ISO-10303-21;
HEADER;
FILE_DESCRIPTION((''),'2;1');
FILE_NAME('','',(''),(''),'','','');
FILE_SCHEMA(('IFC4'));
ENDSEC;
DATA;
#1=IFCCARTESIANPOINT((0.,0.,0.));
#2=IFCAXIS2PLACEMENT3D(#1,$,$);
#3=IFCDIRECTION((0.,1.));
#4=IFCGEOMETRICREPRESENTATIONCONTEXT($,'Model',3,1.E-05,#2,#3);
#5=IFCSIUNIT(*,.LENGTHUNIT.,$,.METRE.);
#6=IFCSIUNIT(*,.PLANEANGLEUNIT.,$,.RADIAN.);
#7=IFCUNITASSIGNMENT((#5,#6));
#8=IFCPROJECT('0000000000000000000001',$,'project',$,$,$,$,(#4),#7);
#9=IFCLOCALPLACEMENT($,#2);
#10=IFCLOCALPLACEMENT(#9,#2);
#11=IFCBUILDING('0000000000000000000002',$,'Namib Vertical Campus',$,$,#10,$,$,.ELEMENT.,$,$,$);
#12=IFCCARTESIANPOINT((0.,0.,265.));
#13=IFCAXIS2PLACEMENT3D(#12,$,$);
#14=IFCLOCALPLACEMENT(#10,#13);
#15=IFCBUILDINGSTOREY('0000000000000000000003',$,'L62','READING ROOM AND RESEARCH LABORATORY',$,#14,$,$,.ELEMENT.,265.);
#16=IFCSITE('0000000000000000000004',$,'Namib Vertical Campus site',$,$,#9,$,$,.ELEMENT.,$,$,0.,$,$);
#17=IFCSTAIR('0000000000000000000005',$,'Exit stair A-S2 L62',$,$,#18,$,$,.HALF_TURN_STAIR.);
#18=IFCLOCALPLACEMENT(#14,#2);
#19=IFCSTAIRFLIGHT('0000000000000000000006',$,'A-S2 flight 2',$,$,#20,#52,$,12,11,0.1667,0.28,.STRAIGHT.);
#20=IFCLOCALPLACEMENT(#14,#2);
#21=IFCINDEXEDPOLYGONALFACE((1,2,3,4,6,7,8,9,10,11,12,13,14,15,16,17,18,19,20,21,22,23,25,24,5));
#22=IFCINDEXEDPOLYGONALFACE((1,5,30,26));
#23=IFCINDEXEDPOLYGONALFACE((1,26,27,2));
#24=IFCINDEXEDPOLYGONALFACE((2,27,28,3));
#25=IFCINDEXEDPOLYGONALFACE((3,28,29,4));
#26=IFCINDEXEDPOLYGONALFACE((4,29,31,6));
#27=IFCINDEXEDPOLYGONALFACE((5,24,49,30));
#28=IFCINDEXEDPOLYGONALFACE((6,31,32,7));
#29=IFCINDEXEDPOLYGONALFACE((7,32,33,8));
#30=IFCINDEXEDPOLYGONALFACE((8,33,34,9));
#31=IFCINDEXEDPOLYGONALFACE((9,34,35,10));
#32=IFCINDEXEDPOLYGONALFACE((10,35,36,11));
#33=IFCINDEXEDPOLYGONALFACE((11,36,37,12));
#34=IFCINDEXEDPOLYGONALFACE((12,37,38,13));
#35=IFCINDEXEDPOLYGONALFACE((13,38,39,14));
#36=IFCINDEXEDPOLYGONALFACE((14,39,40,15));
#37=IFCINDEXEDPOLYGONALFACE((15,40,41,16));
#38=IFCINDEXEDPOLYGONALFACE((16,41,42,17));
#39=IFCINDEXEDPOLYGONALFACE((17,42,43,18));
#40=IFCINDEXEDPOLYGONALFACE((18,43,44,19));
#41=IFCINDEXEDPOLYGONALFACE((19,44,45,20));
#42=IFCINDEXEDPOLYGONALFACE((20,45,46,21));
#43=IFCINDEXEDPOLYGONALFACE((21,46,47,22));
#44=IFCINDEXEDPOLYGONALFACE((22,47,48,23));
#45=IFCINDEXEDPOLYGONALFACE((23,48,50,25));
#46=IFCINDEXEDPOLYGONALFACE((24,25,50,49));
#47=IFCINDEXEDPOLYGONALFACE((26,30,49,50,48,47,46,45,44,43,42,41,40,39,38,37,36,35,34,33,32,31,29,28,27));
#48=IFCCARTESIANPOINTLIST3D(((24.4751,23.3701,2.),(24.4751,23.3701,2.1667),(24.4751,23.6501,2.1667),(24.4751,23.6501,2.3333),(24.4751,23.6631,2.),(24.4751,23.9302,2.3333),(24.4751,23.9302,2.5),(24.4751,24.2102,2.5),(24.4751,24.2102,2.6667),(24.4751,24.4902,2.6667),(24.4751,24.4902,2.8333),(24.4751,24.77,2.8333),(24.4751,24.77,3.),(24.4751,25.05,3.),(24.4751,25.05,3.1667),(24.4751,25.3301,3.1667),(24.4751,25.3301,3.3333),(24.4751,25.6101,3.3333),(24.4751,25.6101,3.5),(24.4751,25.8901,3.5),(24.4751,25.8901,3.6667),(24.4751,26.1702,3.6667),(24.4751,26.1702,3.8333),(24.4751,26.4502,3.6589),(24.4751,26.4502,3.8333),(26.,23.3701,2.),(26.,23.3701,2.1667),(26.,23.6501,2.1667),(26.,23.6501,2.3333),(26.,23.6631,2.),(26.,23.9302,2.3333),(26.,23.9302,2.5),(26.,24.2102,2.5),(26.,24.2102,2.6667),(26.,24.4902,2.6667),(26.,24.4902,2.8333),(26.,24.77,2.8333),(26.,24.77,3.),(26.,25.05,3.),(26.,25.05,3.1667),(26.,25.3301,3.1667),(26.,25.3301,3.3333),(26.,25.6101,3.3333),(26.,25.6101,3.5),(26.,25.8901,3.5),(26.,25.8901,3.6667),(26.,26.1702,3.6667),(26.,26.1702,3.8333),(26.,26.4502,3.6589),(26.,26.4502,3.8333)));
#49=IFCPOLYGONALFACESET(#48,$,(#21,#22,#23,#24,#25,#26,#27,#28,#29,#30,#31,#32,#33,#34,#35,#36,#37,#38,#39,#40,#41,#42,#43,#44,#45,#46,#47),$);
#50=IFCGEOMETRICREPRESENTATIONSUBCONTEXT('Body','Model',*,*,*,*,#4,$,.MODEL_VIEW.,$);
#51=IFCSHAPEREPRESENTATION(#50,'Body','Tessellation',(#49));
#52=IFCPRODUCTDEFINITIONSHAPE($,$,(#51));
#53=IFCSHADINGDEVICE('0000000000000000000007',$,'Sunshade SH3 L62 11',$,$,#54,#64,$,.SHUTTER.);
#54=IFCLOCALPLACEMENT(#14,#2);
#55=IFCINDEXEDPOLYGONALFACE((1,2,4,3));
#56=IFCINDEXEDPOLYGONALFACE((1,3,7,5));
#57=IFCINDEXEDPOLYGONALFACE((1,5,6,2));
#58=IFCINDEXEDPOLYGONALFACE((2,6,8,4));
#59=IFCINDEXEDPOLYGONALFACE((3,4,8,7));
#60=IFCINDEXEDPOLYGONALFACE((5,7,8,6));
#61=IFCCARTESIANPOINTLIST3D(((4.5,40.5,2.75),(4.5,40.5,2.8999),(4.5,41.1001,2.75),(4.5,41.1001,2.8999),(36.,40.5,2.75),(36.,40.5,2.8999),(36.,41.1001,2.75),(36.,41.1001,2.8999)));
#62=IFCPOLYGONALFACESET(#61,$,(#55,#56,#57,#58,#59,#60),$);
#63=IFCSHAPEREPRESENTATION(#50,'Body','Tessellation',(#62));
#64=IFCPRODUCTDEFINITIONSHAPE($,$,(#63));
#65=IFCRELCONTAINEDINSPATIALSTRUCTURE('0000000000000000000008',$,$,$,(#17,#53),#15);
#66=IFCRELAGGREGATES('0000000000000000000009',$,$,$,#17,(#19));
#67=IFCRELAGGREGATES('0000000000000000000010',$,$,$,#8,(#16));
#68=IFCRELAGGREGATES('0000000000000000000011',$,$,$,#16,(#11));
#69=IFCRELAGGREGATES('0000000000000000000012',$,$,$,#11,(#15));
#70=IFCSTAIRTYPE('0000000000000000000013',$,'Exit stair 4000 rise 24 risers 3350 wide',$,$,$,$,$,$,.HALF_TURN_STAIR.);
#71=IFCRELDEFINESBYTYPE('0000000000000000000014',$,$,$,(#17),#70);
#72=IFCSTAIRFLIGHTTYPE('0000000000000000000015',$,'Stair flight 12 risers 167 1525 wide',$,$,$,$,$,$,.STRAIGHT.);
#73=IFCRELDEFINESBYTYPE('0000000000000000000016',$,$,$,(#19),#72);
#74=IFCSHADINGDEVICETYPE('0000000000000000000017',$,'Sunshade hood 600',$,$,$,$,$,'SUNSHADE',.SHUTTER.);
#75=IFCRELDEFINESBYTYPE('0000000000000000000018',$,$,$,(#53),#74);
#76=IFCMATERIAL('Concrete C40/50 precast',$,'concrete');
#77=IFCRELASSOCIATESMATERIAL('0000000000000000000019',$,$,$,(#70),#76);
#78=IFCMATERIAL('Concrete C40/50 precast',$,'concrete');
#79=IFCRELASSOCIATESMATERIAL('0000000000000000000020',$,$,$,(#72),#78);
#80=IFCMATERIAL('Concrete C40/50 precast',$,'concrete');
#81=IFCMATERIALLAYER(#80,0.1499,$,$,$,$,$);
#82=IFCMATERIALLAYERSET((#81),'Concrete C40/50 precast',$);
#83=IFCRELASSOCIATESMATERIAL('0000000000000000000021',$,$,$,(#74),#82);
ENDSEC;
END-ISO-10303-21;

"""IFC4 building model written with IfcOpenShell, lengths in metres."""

from ifc_helpers import new_model, si_unit, direction, frame, origin, origin_2d, place, context, subcontext, project, spatial, polyline, rectangle, outline, extrude, material, layer, layer_set, type_object, element, aggregate, save


model = new_model("IFC4")

# Units and contexts
model_context = context("Model", 3, precision=1e-05, world=origin(), true_north=direction((0.0, 1.0)))
body_context = subcontext(model_context, "Body", "Model", "MODEL_VIEW")
ifc_project = project(units=[si_unit("LENGTHUNIT", "METRE"), si_unit("PLANEANGLEUNIT", "RADIAN")], contexts=[model_context])

# Site, building, storey
site_placement = place(None, origin())
site = spatial("IfcSite", under=ifc_project, at=site_placement, Name="Namib Vertical Campus site", CompositionType="ELEMENT", RefElevation=0.0)
building_placement = place(site_placement, origin())
building = spatial("IfcBuilding", under=site, at=building_placement, Name="Namib Vertical Campus", CompositionType="ELEMENT")
storey_placement = place(building_placement, frame((0.0, 0.0, 265.0)))
storey = spatial("IfcBuildingStorey", under=building, at=storey_placement, Name="L62", Description="READING ROOM AND RESEARCH LABORATORY", CompositionType="ELEMENT", Elevation=265.0)

# Stair, stair flight
ifc_material_1 = material(Name="Concrete C40/50 precast", Category="concrete")
stair_type = type_object("IfcStairType", Name="Exit stair 4000 rise 24 risers 3350 wide", PredefinedType="HALF_TURN_STAIR", material=ifc_material_1)
stair_placement = place(storey_placement, origin())
stair = element("IfcStair", 1, at=stair_placement, inside=storey, type_object=stair_type, Name="Exit stair A-S2 L62", PredefinedType="HALF_TURN_STAIR")
ifc_material_2 = material(Name="Concrete C40/50 precast", Category="concrete")
stair_flight_type = type_object("IfcStairFlightType", Name="Stair flight 12 risers 167 1525 wide", PredefinedType="STRAIGHT", material=ifc_material_2)
stair_flight_1_placement = place(storey_placement, frame((25.2375, 23.3701, 2.0), z_axis=(0.0, 0.0, 1.0), x_axis=(0.0, 1.0, 0.0)))
stair_flight_1 = element("IfcStairFlight", 2, at=stair_flight_1_placement, type_object=stair_flight_type, Name="A-S2 flight 2", NumberOfRisers=12, NumberOfTreads=11, PredefinedType="STRAIGHT", RiserHeight=0.1667, TreadLength=0.28, context=body_context, shape_type="SweptSolid", body=[
    extrude(outline(polyline([(0.0, 0.0), (0.0, 0.1667), (0.28, 0.1667), (0.28, 0.3333), (0.5601, 0.3333), (0.5601, 0.5), (0.8401, 0.5), (0.8401, 0.6667), (1.1201, 0.6667), (1.1201, 0.8333), (1.3999, 0.8333), (1.3999, 1.0), (1.6799, 1.0), (1.6799, 1.1667), (1.96, 1.1667), (1.96, 1.3333), (2.24, 1.3333), (2.24, 1.5), (2.52, 1.5), (2.52, 1.6667), (2.8, 1.6667), (2.8, 1.8333), (3.0801, 1.8333), (3.0801, 2.0), (3.0801, 1.6589), (0.293, 0.0), (0.0, 0.0)])), frame((0.0, 0.7625, 0.0), z_axis=(0.0, -1.0, 0.0), x_axis=(1.0, 0.0, 0.0)), (0.0, 0.0, 1.0), 1.5249),
])
aggregate(stair, [stair_flight_1])

# Shading device
ifc_material_3 = material(Name="Concrete C40/50 precast", Category="concrete")
ifc_layer_1 = layer(ifc_material_3, 0.1499)
ifc_layer_set_1 = layer_set([ifc_layer_1], Name="Concrete C40/50 precast")
shading_device_type = type_object("IfcShadingDeviceType", Name="Sunshade hood 600", ElementType="SUNSHADE", PredefinedType="SHUTTER", material=ifc_layer_set_1)
shading_device_placement = place(storey_placement, frame((20.25, 40.8, 2.75), z_axis=(0.0, 0.0, 1.0), x_axis=(-1.0, 0.0, 0.0)))
element("IfcShadingDevice", 3, at=shading_device_placement, inside=storey, type_object=shading_device_type, Name="Sunshade SH3 L62 11", PredefinedType="SHUTTER", context=body_context, shape_type="SweptSolid", body=[
    extrude(rectangle(XDim=31.5, YDim=0.6001, at=origin_2d()), origin(), (0.0, 0.0, 1.0), 0.1499),
])

save(model, "model.ifc")
